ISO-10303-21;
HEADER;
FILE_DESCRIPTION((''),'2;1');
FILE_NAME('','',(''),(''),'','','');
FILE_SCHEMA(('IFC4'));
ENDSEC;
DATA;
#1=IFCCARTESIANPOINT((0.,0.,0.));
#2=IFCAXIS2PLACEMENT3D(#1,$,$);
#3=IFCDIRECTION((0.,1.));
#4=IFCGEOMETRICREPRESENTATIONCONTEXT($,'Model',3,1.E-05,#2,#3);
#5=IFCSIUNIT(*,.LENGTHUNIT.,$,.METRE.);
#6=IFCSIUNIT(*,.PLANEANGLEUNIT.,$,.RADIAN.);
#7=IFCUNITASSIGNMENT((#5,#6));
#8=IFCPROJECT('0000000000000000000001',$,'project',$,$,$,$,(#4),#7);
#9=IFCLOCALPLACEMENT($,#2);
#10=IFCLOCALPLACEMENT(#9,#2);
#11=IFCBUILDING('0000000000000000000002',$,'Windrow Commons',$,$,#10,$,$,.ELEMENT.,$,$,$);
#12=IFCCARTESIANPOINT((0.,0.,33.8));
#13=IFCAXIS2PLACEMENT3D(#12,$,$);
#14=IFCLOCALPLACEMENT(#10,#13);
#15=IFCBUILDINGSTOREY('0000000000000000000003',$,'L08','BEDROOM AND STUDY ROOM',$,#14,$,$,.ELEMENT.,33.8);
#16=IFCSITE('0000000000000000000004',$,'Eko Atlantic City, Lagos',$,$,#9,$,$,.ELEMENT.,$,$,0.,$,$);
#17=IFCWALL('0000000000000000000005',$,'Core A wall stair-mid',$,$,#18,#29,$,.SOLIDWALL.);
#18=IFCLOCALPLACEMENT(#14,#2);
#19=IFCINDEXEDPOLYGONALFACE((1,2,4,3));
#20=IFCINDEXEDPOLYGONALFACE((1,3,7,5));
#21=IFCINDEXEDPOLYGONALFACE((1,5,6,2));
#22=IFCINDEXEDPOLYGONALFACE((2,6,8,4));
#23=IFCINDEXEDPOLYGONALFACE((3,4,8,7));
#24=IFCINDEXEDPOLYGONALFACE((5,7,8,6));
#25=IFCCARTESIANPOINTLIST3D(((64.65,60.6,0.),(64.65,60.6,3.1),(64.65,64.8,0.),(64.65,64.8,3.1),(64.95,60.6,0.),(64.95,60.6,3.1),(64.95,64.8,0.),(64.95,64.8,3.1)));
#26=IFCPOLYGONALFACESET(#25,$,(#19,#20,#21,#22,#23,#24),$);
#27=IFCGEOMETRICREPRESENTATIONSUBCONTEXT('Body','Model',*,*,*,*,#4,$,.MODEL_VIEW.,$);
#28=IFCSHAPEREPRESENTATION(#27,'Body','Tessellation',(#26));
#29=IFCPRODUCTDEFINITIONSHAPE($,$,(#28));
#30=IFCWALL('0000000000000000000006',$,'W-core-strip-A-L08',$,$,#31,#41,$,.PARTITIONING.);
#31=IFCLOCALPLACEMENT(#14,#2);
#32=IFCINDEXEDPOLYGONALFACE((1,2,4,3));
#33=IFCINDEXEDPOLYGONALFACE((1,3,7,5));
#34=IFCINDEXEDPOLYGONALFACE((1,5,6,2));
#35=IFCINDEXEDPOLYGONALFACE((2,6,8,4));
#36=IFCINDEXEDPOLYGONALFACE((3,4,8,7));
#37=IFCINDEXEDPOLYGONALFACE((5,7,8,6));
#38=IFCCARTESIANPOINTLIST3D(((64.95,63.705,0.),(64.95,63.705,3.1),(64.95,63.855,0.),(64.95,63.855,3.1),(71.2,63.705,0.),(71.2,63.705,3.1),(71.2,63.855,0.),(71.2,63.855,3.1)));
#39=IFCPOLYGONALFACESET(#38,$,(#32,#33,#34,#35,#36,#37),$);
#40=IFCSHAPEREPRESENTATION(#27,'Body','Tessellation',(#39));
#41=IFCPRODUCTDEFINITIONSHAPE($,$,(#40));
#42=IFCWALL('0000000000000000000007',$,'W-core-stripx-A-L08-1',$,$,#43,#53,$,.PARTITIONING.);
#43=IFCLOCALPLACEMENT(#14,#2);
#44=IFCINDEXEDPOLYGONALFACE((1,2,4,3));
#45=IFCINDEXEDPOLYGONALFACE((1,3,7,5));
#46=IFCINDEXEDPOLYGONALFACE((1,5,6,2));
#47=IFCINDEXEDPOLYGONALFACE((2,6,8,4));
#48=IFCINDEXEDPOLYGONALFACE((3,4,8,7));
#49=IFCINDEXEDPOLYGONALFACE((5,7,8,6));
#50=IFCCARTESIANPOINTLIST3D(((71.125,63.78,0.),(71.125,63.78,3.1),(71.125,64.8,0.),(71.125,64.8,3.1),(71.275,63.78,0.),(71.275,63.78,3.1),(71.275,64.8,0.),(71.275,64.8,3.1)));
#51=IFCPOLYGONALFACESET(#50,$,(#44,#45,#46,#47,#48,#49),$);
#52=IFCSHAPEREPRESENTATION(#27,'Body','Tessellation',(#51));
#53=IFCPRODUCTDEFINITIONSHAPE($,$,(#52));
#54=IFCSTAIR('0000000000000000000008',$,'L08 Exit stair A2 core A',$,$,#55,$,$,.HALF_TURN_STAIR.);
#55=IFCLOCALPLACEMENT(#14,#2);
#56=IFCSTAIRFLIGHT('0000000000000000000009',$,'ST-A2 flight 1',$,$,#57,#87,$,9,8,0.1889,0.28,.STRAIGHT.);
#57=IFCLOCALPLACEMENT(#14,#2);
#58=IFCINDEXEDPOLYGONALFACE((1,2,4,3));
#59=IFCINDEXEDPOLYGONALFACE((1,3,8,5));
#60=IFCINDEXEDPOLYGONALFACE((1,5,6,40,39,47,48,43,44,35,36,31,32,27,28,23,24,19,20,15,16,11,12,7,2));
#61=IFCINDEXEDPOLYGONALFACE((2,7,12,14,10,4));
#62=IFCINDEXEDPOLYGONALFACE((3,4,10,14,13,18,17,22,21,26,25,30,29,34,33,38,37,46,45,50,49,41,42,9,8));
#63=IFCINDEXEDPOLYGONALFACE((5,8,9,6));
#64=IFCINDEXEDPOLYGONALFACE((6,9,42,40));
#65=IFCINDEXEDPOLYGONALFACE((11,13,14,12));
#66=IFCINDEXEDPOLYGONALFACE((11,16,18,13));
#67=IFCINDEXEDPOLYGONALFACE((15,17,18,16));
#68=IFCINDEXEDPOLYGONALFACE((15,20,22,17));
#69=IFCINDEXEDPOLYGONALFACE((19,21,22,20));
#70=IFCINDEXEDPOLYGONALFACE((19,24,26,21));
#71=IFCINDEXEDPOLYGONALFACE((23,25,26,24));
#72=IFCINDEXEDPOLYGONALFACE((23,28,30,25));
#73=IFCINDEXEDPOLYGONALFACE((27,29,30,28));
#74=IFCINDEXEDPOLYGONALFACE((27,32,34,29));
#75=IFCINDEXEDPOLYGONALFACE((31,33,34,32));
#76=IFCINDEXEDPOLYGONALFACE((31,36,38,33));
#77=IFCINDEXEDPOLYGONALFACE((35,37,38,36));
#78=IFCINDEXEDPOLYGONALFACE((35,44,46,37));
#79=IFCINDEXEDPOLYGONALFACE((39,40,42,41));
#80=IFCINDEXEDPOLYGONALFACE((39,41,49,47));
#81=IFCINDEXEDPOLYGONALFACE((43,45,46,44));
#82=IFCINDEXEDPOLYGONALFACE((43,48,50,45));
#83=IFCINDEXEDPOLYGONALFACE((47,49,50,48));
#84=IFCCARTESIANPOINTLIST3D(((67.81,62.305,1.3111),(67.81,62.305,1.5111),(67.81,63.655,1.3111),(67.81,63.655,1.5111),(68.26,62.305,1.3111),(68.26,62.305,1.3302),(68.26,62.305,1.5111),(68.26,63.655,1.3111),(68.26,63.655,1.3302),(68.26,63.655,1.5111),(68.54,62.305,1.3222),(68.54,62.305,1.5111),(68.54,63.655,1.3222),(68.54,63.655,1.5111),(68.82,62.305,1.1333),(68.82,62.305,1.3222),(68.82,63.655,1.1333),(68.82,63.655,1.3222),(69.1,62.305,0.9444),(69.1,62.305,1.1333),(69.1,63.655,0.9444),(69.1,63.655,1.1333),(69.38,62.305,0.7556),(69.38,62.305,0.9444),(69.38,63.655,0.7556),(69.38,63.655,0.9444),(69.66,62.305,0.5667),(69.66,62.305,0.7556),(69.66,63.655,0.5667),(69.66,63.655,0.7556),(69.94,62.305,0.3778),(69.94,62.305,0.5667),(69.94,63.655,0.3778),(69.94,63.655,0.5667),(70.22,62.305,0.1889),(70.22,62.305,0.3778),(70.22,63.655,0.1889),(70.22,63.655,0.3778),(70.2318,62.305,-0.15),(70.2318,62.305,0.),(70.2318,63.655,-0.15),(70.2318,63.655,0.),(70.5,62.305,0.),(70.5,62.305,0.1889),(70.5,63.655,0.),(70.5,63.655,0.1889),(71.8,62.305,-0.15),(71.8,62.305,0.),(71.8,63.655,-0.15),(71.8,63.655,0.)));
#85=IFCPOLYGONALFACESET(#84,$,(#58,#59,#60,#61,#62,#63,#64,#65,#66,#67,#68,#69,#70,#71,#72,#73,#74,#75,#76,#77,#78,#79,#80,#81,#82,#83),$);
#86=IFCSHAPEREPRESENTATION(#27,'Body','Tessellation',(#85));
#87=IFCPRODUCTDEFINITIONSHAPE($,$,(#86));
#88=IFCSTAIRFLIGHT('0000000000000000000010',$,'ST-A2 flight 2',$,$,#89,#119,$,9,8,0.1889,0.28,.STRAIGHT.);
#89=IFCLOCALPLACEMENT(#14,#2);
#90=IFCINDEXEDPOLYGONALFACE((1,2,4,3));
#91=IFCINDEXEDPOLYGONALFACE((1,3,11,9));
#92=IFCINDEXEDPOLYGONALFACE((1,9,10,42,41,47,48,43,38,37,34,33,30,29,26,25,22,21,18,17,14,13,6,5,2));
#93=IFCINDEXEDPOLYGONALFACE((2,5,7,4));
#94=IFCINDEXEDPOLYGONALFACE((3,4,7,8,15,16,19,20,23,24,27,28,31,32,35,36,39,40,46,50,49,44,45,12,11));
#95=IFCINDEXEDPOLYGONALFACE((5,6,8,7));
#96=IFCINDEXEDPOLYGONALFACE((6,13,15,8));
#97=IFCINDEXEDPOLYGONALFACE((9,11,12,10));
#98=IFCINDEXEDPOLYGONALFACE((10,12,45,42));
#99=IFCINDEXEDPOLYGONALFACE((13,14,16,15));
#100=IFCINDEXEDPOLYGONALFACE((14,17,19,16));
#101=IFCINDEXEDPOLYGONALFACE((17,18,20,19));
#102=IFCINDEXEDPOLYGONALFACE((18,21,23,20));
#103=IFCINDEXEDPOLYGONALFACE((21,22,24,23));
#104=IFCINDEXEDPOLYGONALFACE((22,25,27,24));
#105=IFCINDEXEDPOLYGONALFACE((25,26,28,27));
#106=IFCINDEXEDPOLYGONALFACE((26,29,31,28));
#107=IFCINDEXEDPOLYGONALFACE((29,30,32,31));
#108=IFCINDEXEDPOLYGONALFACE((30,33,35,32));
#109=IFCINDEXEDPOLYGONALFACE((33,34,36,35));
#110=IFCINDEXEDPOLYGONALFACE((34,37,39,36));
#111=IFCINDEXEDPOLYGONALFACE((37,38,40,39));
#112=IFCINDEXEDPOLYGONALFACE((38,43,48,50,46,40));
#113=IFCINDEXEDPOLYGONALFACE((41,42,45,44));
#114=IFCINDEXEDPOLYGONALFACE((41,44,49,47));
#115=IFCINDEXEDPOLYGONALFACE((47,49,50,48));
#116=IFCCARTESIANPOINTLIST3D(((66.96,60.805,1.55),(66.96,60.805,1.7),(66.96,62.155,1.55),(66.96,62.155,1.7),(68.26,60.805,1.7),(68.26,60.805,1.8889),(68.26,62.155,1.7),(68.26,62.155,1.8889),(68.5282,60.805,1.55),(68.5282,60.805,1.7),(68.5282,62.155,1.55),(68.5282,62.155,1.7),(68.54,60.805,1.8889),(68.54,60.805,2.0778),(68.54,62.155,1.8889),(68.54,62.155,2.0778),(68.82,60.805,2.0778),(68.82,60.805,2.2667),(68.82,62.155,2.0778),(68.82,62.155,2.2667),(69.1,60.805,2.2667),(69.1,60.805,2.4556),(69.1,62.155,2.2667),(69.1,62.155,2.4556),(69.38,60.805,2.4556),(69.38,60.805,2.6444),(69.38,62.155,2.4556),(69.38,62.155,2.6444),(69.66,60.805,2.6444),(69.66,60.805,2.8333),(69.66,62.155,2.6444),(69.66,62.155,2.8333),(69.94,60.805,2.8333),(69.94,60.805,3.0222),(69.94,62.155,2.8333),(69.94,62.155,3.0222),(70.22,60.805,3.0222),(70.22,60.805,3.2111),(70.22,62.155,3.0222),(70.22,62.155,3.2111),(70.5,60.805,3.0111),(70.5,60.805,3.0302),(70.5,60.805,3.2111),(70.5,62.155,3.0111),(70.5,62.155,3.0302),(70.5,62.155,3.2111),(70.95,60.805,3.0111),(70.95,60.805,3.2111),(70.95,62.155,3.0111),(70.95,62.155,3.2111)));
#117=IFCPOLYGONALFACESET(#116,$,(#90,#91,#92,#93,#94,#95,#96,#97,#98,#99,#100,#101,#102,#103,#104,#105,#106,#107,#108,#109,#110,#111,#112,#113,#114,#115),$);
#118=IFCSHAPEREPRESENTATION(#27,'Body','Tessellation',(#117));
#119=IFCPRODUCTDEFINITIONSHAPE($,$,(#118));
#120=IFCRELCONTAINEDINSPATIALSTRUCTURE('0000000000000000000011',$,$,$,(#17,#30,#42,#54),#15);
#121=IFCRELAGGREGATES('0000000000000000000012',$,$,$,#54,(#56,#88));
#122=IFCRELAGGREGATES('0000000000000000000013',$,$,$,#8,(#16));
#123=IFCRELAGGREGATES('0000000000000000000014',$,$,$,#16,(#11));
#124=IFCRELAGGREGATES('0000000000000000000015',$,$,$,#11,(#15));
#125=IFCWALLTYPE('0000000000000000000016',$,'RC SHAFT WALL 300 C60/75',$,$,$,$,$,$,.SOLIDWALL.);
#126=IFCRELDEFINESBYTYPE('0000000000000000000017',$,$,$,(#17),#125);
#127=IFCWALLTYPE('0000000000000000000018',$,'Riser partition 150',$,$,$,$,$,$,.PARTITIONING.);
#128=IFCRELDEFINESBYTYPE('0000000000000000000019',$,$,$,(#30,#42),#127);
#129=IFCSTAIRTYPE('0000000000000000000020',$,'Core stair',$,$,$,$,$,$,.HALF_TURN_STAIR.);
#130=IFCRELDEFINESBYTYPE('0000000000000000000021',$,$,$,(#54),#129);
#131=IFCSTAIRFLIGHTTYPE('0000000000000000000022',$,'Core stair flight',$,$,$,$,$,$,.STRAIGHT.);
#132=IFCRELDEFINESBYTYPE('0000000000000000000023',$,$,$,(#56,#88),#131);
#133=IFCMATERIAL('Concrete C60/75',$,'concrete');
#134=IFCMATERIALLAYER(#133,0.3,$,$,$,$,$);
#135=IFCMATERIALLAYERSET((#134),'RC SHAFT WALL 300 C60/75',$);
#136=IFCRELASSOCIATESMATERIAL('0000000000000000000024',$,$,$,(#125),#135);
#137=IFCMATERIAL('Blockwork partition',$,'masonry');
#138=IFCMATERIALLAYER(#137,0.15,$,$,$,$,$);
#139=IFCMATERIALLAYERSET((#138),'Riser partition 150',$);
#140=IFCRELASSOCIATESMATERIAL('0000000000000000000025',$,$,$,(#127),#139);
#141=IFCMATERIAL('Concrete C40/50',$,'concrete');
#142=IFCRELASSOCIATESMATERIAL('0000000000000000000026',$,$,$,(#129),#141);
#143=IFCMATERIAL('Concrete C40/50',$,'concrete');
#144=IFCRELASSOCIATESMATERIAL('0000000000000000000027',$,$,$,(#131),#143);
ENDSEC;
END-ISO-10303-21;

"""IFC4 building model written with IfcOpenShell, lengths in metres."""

from ifc_helpers import new_model, si_unit, direction, frame, frame_2d, origin, place, context, subcontext, project, spatial, polyline, rectangle, outline, extrude, material, layer, layer_set, type_object, element, aggregate, save


model = new_model("IFC4")

# Units and contexts
model_context = context("Model", 3, precision=1e-05, world=origin(), true_north=direction((0.0, 1.0)))
body_context = subcontext(model_context, "Body", "Model", "MODEL_VIEW")
ifc_project = project(units=[si_unit("LENGTHUNIT", "METRE"), si_unit("PLANEANGLEUNIT", "RADIAN")], contexts=[model_context])

# Site, building, storey
site_placement = place(None, origin())
site = spatial("IfcSite", under=ifc_project, at=site_placement, Name="Eko Atlantic City, Lagos", CompositionType="ELEMENT", RefElevation=0.0)
building_placement = place(site_placement, origin())
building = spatial("IfcBuilding", under=site, at=building_placement, Name="Windrow Commons", CompositionType="ELEMENT")
storey_placement = place(building_placement, frame((0.0, 0.0, 33.8)))
storey = spatial("IfcBuildingStorey", under=building, at=storey_placement, Name="L08", Description="BEDROOM AND STUDY ROOM", CompositionType="ELEMENT", Elevation=33.8)

# Walls
ifc_material_1 = material(Name="Concrete C60/75", Category="concrete")
ifc_layer_1 = layer(ifc_material_1, 0.3)
ifc_layer_set_1 = layer_set([ifc_layer_1], Name="RC SHAFT WALL 300 C60/75")
wall_type_1 = type_object("IfcWallType", Name="RC SHAFT WALL 300 C60/75", PredefinedType="SOLIDWALL", material=ifc_layer_set_1)
wall_1_placement = place(storey_placement, frame((64.8, 60.6, 0.0), z_axis=(0.0, 0.0, 1.0), x_axis=(0.0, 1.0, 0.0)))
element("IfcWall", 1, at=wall_1_placement, inside=storey, type_object=wall_type_1, Name="Core A wall stair-mid", PredefinedType="SOLIDWALL", context=body_context, shape_type="SweptSolid", body=[
    extrude(rectangle(XDim=4.2, YDim=0.3, at=frame_2d((2.1, 0.0))), origin(), (0.0, 0.0, 1.0), 3.1),
])
ifc_material_2 = material(Name="Blockwork partition", Category="masonry")
ifc_layer_2 = layer(ifc_material_2, 0.15)
ifc_layer_set_2 = layer_set([ifc_layer_2], Name="Riser partition 150")
wall_type_2 = type_object("IfcWallType", Name="Riser partition 150", PredefinedType="PARTITIONING", material=ifc_layer_set_2)
wall_2_placement = place(storey_placement, frame((64.95, 63.78, 0.0), z_axis=(0.0, 0.0, 1.0), x_axis=(1.0, 0.0, 0.0)))
element("IfcWall", 2, at=wall_2_placement, inside=storey, type_object=wall_type_2, Name="W-core-strip-A-L08", PredefinedType="PARTITIONING", context=body_context, shape_type="SweptSolid", body=[
    extrude(rectangle(XDim=6.25, YDim=0.15, at=frame_2d((3.125, 0.0))), origin(), (0.0, 0.0, 1.0), 3.1),
])
wall_3_placement = place(storey_placement, frame((71.2, 63.78, 0.0), z_axis=(0.0, 0.0, 1.0), x_axis=(0.0, 1.0, 0.0)))
element("IfcWall", 3, at=wall_3_placement, inside=storey, type_object=wall_type_2, Name="W-core-stripx-A-L08-1", PredefinedType="PARTITIONING", context=body_context, shape_type="SweptSolid", body=[
    extrude(rectangle(XDim=1.02, YDim=0.15, at=frame_2d((0.51, 0.0))), origin(), (0.0, 0.0, 1.0), 3.1),
])

# Stair, stair flights
ifc_material_3 = material(Name="Concrete C40/50", Category="concrete")
stair_type = type_object("IfcStairType", Name="Core stair", PredefinedType="HALF_TURN_STAIR", material=ifc_material_3)
stair_placement = place(storey_placement, origin())
stair = element("IfcStair", 4, at=stair_placement, inside=storey, type_object=stair_type, Name="L08 Exit stair A2 core A", PredefinedType="HALF_TURN_STAIR")
ifc_material_4 = material(Name="Concrete C40/50", Category="concrete")
stair_flight_type = type_object("IfcStairFlightType", Name="Core stair flight", PredefinedType="STRAIGHT", material=ifc_material_4)
stair_flight_1_placement = place(storey_placement, frame((70.5, 62.98, 0.0), z_axis=(0.0, 0.0, 1.0), x_axis=(-1.0, 0.0, 0.0)))
stair_flight_1 = element("IfcStairFlight", 5, at=stair_flight_1_placement, type_object=stair_flight_type, Name="ST-A2 flight 1", NumberOfRisers=9, NumberOfTreads=8, PredefinedType="STRAIGHT", RiserHeight=0.1889, TreadLength=0.28, context=body_context, shape_type="SweptSolid", body=[
    extrude(outline(polyline([(-1.3, -0.15), (-1.3, 0.0), (0.0, 0.0), (0.0, 0.1889), (0.28, 0.1889), (0.28, 0.3778), (0.56, 0.3778), (0.56, 0.5667), (0.84, 0.5667), (0.84, 0.7556), (1.12, 0.7556), (1.12, 0.9444), (1.4, 0.9444), (1.4, 1.1333), (1.68, 1.1333), (1.68, 1.3222), (1.96, 1.3222), (1.96, 1.5111), (2.24, 1.5111), (2.69, 1.5111), (2.69, 1.3111), (2.24, 1.3111), (2.24, 1.3302), (0.2682, 0.0), (0.2682, -0.15), (-1.3, -0.15)])), frame((0.0, 0.675, 0.0), z_axis=(0.0, -1.0, 0.0), x_axis=(1.0, 0.0, 0.0)), (0.0, 0.0, 1.0), 1.35),
])
stair_flight_2_placement = place(storey_placement, frame((68.26, 61.48, 1.7), z_axis=(0.0, 0.0, 1.0), x_axis=(1.0, 0.0, 0.0)))
stair_flight_2 = element("IfcStairFlight", 6, at=stair_flight_2_placement, type_object=stair_flight_type, Name="ST-A2 flight 2", NumberOfRisers=9, NumberOfTreads=8, PredefinedType="STRAIGHT", RiserHeight=0.1889, TreadLength=0.28, context=body_context, shape_type="SweptSolid", body=[
    extrude(outline(polyline([(-1.3, -0.15), (-1.3, 0.0), (0.0, 0.0), (0.0, 0.1889), (0.28, 0.1889), (0.28, 0.3778), (0.56, 0.3778), (0.56, 0.5667), (0.84, 0.5667), (0.84, 0.7556), (1.12, 0.7556), (1.12, 0.9444), (1.4, 0.9444), (1.4, 1.1333), (1.68, 1.1333), (1.68, 1.3222), (1.96, 1.3222), (1.96, 1.5111), (2.24, 1.5111), (2.69, 1.5111), (2.69, 1.3111), (2.24, 1.3111), (2.24, 1.3302), (0.2682, 0.0), (0.2682, -0.15), (-1.3, -0.15)])), frame((0.0, 0.675, 0.0), z_axis=(0.0, -1.0, 0.0), x_axis=(1.0, 0.0, 0.0)), (0.0, 0.0, 1.0), 1.35),
])
aggregate(stair, [stair_flight_1, stair_flight_2])

save(model, "model.ifc")
